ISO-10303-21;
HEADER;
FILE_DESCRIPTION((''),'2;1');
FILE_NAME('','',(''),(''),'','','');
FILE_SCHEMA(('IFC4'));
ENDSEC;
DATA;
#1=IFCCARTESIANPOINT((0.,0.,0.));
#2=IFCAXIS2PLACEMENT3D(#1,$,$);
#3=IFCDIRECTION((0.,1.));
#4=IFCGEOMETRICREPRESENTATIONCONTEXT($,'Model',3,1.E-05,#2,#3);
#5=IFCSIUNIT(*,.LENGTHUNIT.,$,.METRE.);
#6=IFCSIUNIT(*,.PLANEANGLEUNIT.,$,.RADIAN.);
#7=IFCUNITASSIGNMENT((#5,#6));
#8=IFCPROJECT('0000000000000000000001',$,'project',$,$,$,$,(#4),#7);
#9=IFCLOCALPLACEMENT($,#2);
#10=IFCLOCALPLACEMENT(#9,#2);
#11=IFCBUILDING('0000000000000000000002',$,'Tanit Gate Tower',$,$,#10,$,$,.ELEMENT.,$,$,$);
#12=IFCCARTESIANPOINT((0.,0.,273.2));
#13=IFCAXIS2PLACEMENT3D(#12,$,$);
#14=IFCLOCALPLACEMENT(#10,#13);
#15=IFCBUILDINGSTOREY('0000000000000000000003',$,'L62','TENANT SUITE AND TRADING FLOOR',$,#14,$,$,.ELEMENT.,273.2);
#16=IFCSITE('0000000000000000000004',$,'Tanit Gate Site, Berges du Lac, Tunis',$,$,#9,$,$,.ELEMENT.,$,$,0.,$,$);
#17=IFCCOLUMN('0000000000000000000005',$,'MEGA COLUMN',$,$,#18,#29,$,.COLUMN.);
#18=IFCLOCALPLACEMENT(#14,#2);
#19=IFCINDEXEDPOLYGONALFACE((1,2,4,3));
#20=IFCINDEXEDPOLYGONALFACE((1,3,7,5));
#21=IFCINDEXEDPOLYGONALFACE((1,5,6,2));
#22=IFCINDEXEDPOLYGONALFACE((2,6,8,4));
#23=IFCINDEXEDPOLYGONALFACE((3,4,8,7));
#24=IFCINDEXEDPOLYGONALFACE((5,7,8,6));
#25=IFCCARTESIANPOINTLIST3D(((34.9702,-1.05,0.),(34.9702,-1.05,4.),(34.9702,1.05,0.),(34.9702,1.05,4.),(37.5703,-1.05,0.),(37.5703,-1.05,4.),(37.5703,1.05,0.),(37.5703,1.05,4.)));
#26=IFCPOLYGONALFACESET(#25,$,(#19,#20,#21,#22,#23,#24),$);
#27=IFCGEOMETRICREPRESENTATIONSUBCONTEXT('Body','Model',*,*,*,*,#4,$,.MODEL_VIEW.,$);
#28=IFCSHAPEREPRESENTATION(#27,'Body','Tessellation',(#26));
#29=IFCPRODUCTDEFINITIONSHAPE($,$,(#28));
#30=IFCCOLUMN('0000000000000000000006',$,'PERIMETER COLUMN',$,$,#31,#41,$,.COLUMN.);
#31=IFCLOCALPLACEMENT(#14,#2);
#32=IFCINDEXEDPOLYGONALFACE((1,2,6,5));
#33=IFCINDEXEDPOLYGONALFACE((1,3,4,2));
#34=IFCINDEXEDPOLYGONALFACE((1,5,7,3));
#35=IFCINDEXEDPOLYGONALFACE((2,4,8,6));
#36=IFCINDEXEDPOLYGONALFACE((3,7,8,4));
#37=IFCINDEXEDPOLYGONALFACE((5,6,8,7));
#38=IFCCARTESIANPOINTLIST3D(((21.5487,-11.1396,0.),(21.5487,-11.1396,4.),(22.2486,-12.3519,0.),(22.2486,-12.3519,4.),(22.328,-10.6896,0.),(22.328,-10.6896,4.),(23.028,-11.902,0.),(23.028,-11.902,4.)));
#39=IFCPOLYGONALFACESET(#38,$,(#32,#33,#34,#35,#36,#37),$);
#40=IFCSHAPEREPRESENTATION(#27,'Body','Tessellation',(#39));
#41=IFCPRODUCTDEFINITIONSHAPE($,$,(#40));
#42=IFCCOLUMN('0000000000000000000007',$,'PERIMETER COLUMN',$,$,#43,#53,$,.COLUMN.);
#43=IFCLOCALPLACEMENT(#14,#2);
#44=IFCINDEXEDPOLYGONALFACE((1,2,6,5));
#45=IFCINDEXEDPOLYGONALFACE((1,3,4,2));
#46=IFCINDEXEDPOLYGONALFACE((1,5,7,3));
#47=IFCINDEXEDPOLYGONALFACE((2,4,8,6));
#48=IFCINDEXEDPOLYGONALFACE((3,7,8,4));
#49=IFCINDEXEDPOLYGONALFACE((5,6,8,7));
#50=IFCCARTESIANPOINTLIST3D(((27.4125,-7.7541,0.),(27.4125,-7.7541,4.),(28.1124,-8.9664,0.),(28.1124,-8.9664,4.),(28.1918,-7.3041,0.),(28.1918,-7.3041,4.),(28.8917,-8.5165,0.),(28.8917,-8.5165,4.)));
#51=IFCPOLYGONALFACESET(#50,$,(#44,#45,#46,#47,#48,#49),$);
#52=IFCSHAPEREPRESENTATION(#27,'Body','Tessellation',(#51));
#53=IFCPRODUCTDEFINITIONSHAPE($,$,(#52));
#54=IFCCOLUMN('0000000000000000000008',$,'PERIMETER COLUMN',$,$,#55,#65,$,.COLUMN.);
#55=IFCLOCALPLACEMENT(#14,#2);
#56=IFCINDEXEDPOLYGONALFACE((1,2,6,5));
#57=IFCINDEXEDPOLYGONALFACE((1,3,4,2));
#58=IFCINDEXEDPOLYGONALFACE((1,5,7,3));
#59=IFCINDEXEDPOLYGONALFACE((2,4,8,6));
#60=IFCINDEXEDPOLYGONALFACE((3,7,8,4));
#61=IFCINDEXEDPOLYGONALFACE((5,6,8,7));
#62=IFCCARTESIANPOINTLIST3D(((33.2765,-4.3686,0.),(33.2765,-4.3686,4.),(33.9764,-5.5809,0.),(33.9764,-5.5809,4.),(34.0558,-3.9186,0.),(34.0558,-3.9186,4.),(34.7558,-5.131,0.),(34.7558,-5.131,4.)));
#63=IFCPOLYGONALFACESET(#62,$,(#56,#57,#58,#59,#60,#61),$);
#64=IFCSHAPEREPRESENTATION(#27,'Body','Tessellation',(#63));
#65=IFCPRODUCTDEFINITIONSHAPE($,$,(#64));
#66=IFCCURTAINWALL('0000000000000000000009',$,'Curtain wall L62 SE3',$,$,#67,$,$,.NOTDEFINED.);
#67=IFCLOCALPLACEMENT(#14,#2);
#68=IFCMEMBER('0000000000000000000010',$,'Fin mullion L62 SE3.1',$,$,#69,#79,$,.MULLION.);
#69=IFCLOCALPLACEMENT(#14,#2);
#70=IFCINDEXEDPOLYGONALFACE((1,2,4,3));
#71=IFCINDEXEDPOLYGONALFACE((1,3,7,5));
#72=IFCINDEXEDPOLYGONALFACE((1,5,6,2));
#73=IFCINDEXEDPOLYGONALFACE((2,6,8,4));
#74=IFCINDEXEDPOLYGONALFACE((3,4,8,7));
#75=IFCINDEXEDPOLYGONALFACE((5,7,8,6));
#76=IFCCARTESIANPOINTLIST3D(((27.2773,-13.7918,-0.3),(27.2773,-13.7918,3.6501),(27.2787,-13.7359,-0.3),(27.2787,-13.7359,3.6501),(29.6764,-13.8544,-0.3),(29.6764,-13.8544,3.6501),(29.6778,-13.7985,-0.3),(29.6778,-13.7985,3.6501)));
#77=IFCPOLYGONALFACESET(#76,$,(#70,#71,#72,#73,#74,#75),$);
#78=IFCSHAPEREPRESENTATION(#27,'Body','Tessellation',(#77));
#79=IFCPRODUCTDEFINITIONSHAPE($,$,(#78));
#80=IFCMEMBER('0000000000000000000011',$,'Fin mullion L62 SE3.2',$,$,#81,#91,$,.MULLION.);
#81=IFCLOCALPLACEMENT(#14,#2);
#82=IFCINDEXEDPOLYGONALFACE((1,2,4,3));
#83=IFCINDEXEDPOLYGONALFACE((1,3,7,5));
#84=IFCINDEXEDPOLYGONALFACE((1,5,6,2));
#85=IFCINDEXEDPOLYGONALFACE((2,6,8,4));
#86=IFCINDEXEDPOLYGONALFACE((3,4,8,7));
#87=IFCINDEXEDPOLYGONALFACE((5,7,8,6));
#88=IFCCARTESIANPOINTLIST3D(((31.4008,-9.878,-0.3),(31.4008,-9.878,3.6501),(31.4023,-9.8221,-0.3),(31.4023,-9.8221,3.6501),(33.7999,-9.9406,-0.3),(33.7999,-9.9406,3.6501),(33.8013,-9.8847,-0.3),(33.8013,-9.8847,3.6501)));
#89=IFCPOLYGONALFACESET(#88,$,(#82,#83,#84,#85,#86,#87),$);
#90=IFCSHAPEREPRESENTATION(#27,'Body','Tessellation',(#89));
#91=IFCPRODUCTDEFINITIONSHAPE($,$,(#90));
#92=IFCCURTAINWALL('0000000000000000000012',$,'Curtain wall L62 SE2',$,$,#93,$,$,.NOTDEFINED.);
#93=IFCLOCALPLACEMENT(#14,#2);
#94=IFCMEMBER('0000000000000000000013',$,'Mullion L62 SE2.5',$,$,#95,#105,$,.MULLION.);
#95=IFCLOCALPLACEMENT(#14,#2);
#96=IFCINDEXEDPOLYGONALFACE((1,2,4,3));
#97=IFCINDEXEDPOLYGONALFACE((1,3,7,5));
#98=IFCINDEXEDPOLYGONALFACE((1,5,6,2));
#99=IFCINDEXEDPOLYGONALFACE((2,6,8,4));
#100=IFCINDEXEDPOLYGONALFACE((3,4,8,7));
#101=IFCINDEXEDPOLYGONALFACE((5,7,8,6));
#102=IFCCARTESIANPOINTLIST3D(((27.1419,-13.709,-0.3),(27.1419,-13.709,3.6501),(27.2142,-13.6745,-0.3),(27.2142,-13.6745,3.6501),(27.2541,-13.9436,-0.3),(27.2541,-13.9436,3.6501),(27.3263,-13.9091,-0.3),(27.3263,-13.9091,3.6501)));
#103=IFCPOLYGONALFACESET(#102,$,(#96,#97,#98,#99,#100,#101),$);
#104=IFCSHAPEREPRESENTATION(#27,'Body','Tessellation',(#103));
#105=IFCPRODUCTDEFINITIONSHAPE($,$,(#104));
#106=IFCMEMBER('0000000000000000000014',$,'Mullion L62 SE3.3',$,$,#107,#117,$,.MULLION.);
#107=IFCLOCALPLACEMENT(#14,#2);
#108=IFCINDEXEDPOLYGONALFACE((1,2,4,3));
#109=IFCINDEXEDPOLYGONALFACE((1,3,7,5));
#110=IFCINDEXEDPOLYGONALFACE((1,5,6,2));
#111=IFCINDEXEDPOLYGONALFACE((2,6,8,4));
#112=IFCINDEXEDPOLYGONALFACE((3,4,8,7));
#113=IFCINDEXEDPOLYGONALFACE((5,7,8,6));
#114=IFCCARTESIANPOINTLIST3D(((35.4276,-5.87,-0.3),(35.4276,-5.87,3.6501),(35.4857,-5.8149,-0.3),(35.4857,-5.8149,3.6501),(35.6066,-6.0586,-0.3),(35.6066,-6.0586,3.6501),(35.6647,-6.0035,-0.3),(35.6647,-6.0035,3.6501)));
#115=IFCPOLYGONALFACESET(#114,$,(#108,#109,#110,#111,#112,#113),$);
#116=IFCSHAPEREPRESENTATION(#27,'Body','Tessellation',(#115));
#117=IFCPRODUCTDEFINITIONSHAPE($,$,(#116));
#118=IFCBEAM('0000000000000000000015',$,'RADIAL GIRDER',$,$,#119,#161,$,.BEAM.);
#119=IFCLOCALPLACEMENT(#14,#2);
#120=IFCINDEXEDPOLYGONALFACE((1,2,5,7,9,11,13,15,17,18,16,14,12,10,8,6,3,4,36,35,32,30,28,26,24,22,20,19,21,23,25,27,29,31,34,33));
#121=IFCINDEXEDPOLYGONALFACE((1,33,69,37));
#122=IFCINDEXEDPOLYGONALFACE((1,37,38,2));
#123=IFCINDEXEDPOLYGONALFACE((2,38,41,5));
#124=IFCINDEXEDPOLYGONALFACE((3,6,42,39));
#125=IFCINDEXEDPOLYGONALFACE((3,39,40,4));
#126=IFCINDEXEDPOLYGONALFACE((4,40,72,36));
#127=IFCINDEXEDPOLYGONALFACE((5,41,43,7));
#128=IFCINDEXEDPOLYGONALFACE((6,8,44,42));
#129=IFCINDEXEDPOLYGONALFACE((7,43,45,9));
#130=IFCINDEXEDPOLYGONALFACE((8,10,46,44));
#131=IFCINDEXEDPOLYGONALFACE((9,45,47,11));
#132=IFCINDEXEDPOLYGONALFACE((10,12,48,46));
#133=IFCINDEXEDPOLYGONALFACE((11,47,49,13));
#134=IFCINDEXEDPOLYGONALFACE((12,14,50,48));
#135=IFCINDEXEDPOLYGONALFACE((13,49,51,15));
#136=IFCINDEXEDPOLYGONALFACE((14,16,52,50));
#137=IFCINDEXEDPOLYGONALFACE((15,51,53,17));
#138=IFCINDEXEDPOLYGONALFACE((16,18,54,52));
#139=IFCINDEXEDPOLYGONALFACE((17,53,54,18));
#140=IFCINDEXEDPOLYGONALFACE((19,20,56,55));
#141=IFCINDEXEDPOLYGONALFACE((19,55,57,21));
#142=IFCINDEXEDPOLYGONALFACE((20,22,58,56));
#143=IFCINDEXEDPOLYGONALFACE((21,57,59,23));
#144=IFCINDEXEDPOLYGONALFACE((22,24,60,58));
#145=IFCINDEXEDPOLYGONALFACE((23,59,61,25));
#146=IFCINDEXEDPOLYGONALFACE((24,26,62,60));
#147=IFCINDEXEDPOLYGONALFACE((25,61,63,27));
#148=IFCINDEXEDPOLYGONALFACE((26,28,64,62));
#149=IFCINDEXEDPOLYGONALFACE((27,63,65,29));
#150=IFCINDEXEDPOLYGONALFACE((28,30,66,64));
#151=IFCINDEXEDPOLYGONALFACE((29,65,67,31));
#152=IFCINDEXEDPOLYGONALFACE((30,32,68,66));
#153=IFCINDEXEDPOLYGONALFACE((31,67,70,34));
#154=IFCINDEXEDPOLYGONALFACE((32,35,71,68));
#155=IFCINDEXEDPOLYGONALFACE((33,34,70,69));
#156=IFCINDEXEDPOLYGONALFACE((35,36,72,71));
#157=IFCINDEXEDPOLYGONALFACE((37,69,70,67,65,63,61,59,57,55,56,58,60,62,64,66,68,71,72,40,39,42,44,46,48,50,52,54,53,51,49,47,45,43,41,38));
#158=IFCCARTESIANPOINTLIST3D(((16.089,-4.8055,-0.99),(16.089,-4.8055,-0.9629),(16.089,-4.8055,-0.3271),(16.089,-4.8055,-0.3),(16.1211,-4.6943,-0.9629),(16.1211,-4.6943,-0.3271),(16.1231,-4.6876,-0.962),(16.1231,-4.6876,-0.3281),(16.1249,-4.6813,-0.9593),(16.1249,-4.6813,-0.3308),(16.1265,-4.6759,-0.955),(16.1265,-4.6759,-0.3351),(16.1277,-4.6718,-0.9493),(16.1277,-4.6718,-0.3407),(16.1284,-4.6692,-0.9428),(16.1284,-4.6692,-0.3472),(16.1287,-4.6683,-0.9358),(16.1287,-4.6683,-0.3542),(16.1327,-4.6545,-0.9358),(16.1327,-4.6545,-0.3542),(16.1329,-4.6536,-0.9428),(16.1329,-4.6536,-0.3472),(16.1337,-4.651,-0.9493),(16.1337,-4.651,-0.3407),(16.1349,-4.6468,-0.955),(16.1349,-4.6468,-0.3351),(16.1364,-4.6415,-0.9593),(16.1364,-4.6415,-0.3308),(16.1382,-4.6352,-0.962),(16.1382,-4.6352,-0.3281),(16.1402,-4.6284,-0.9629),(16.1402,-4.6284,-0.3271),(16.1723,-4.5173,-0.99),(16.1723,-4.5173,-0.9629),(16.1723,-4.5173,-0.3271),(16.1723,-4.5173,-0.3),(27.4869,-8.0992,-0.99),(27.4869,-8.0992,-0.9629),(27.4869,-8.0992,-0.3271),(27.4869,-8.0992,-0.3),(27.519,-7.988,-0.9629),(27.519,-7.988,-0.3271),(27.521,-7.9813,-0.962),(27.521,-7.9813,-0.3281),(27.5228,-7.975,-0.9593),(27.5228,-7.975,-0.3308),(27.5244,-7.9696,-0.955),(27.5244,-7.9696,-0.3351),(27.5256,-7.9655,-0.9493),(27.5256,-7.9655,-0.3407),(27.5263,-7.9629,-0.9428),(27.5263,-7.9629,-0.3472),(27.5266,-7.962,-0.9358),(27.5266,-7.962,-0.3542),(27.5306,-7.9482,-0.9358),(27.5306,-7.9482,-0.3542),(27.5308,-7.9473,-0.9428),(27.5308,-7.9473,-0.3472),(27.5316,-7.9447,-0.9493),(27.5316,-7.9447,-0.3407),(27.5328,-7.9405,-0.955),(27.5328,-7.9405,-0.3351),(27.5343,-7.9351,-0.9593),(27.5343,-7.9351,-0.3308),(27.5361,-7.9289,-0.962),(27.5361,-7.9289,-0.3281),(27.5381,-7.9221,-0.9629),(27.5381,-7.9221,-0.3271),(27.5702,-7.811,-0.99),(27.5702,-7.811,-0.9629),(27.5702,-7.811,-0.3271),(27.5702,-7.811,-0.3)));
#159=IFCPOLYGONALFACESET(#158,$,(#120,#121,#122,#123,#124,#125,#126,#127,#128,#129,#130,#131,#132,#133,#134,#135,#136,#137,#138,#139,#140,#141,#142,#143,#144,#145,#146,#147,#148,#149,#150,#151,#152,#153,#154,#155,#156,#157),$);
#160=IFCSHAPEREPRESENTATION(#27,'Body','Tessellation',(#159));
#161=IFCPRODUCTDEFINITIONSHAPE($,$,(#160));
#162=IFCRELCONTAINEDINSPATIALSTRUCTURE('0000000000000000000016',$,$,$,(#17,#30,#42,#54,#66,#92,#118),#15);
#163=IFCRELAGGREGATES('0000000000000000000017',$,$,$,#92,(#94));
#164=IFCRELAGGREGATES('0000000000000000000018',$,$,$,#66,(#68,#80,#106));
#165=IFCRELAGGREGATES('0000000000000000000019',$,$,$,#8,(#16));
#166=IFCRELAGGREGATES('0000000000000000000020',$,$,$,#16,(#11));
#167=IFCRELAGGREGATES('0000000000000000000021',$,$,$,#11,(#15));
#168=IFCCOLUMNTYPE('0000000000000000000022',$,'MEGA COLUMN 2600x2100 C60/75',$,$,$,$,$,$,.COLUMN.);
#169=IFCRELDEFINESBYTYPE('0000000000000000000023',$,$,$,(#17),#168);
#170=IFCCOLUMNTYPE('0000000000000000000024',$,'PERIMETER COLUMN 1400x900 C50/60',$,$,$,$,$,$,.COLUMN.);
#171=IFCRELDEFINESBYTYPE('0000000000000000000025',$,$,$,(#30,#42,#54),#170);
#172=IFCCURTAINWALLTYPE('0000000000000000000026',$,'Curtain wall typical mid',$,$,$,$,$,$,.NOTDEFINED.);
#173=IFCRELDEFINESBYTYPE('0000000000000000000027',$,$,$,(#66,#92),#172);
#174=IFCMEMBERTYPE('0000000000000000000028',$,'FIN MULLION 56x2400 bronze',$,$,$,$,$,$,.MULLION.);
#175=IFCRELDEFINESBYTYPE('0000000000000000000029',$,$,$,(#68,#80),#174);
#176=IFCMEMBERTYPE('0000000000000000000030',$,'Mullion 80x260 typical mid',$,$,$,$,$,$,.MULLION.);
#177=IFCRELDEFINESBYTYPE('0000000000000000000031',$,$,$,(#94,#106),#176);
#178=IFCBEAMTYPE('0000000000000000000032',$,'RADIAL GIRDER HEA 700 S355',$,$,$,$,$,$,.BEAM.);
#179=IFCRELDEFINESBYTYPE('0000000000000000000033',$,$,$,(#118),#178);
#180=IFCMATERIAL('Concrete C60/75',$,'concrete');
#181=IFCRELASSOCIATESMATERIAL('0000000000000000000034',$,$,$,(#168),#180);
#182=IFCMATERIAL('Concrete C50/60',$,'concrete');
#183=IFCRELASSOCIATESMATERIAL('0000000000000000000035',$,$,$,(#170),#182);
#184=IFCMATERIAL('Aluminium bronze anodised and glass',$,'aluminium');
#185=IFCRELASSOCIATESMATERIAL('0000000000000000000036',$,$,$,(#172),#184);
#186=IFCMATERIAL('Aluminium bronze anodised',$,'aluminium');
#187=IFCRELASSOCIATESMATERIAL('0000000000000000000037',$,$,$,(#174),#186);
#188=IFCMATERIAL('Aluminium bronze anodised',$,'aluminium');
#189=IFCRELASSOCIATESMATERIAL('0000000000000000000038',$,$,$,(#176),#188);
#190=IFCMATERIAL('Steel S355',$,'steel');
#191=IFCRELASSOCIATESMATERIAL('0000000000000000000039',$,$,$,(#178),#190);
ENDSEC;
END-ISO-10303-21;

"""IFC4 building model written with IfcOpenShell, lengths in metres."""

from ifc_helpers import new_model, si_unit, direction, frame, origin, origin_2d, place, context, subcontext, project, spatial, rectangle, i_section, extrude, material, material_profile, profile_set, type_object, element, aggregate, save


model = new_model("IFC4")

# Units and contexts
model_context = context("Model", 3, precision=1e-05, world=origin(), true_north=direction((0.0, 1.0)))
body_context = subcontext(model_context, "Body", "Model", "MODEL_VIEW")
ifc_project = project(units=[si_unit("LENGTHUNIT", "METRE"), si_unit("PLANEANGLEUNIT", "RADIAN")], contexts=[model_context])

# Site, building, storey
site_placement = place(None, origin())
site = spatial("IfcSite", under=ifc_project, at=site_placement, Name="Tanit Gate Site, Berges du Lac, Tunis", CompositionType="ELEMENT", RefElevation=0.0)
building_placement = place(site_placement, origin())
building = spatial("IfcBuilding", under=site, at=building_placement, Name="Tanit Gate Tower", CompositionType="ELEMENT")
storey_placement = place(building_placement, frame((0.0, 0.0, 273.2)))
storey = spatial("IfcBuildingStorey", under=building, at=storey_placement, Name="L62", Description="TENANT SUITE AND TRADING FLOOR", CompositionType="ELEMENT", Elevation=273.2)

# Columns
ifc_material_1 = material(Name="Concrete C60/75", Category="concrete")
ifc_material_profile_1 = material_profile(ifc_material_1, rectangle(XDim=2.6001, YDim=2.1001, at=origin_2d()), Name="RC 2600x2100")
ifc_profile_set_1 = profile_set([ifc_material_profile_1], Name="Concrete C60/75")
column_type_1 = type_object("IfcColumnType", Name="MEGA COLUMN 2600x2100 C60/75", PredefinedType="COLUMN", material=ifc_profile_set_1)
column_placement = place(storey_placement, frame((36.2703, 0.0, 0.0), z_axis=(0.0, 0.0, 1.0), x_axis=(1.0, 0.0, 0.0)))
element("IfcColumn", 1, at=column_placement, inside=storey, type_object=column_type_1, Name="MEGA COLUMN", PredefinedType="COLUMN", context=body_context, shape_type="SweptSolid", body=[
    extrude(rectangle(XDim=2.6001, YDim=2.1001, at=origin_2d()), origin(), (0.0, 0.0, 1.0), 4.0),
])
ifc_material_2 = material(Name="Concrete C50/60", Category="concrete")
ifc_material_profile_2 = material_profile(ifc_material_2, rectangle(XDim=1.3999, YDim=0.8999, at=origin_2d()), Name="RC 1400x900")
ifc_profile_set_2 = profile_set([ifc_material_profile_2], Name="Concrete C50/60")
column_type_2 = type_object("IfcColumnType", Name="PERIMETER COLUMN 1400x900 C50/60", PredefinedType="COLUMN", material=ifc_profile_set_2)
for number, where, z_axis, x_axis, name in (
    (2, (22.2883, -11.5208, 0.0), (0.0, 0.0, 1.0), (0.5, -0.866025, 0.0), "PERIMETER COLUMN"),
    (3, (28.1521, -8.1353, 0.0), (0.0, 0.0, 1.0), (0.5, -0.866025, 0.0), "PERIMETER COLUMN"),
    (4, (34.0161, -4.7498, 0.0), (0.0, 0.0, 1.0), (0.5, -0.866025, 0.0), "PERIMETER COLUMN"),
):
    element("IfcColumn", number, at=place(storey_placement, frame(where, z_axis=z_axis, x_axis=x_axis)), inside=storey, type_object=column_type_2, Name=name, PredefinedType="COLUMN", context=body_context, shape_type="SweptSolid", body=[
        extrude(rectangle(XDim=1.3999, YDim=0.8999, at=origin_2d()), origin(), (0.0, 0.0, 1.0), 4.0),
    ])

# Curtain wall, members
ifc_material_3 = material(Name="Aluminium bronze anodised and glass", Category="aluminium")
curtain_wall_type = type_object("IfcCurtainWallType", Name="Curtain wall typical mid", PredefinedType="NOTDEFINED", material=ifc_material_3)
curtain_wall_1_placement = place(storey_placement, origin())
curtain_wall_1 = element("IfcCurtainWall", 5, at=curtain_wall_1_placement, inside=storey, type_object=curtain_wall_type, Name="Curtain wall L62 SE3", PredefinedType="NOTDEFINED")
ifc_material_4 = material(Name="Aluminium bronze anodised", Category="aluminium")
ifc_material_profile_3 = material_profile(ifc_material_4, rectangle(XDim=2.3999, YDim=0.0559, at=origin_2d()), Name="56x2400 bronze fin mullion")
ifc_profile_set_3 = profile_set([ifc_material_profile_3], Name="Aluminium bronze anodised")
member_type_1 = type_object("IfcMemberType", Name="FIN MULLION 56x2400 bronze", PredefinedType="MULLION", material=ifc_profile_set_3)
member_1_placement = place(storey_placement, frame((28.4775, -13.7952, -0.3), z_axis=(0.0, 0.0, 1.0), x_axis=(-0.99966, 0.026077, 0.0)))
member_1 = element("IfcMember", 6, at=member_1_placement, type_object=member_type_1, Name="Fin mullion L62 SE3.1", PredefinedType="MULLION", context=body_context, shape_type="SweptSolid", body=[
    extrude(rectangle(XDim=2.3999, YDim=0.0559, at=origin_2d()), origin(), (0.0, 0.0, 1.0), 3.9502),
])
member_2_placement = place(storey_placement, frame((32.6011, -9.8813, -0.3), z_axis=(0.0, 0.0, 1.0), x_axis=(-0.99966, 0.026077, 0.0)))
member_2 = element("IfcMember", 7, at=member_2_placement, type_object=member_type_1, Name="Fin mullion L62 SE3.2", PredefinedType="MULLION", context=body_context, shape_type="SweptSolid", body=[
    extrude(rectangle(XDim=2.3999, YDim=0.0559, at=origin_2d()), origin(), (0.0, 0.0, 1.0), 3.9502),
])

# Curtain wall, member
curtain_wall_2_placement = place(storey_placement, origin())
curtain_wall_2 = element("IfcCurtainWall", 8, at=curtain_wall_2_placement, inside=storey, type_object=curtain_wall_type, Name="Curtain wall L62 SE2", PredefinedType="NOTDEFINED")
ifc_material_5 = material(Name="Aluminium bronze anodised", Category="aluminium")
ifc_material_profile_4 = material_profile(ifc_material_5, rectangle(XDim=0.26, YDim=0.0801, at=origin_2d()), Name="80x260 bronze mullion")
ifc_profile_set_4 = profile_set([ifc_material_profile_4], Name="Aluminium bronze anodised")
member_type_2 = type_object("IfcMemberType", Name="Mullion 80x260 typical mid", PredefinedType="MULLION", material=ifc_profile_set_4)
member_3_placement = place(storey_placement, frame((27.2341, -13.8091, -0.3), z_axis=(0.0, 0.0, 1.0), x_axis=(-0.431197, 0.902258, 0.0)))
member_3 = element("IfcMember", 9, at=member_3_placement, type_object=member_type_2, Name="Mullion L62 SE2.5", PredefinedType="MULLION", context=body_context, shape_type="SweptSolid", body=[
    extrude(rectangle(XDim=0.26, YDim=0.0801, at=origin_2d()), origin(), (0.0, 0.0, 1.0), 3.9502),
])

# Member
member_4_placement = place(storey_placement, frame((35.5461, -5.9368, -0.3), z_axis=(0.0, 0.0, 1.0), x_axis=(-0.688427, 0.725306, 0.0)))
member_4 = element("IfcMember", 10, at=member_4_placement, type_object=member_type_2, Name="Mullion L62 SE3.3", PredefinedType="MULLION", context=body_context, shape_type="SweptSolid", body=[
    extrude(rectangle(XDim=0.26, YDim=0.0801, at=origin_2d()), origin(), (0.0, 0.0, 1.0), 3.9502),
])

# Beam
ifc_material_6 = material(Name="Steel S355", Category="steel")
ifc_material_profile_5 = material_profile(ifc_material_6, i_section(OverallWidth=0.3, OverallDepth=0.6899, WebThickness=0.0144, FlangeThickness=0.0271, FilletRadius=0.0271, at=origin_2d()), Name="HEA 700")
ifc_profile_set_5 = profile_set([ifc_material_profile_5], Name="Steel S355")
beam_type_1 = type_object("IfcBeamType", Name="RADIAL GIRDER HEA 700 S355", PredefinedType="BEAM", material=ifc_profile_set_5)
beam_1_placement = place(storey_placement, frame((27.5286, -7.9551, -0.645), z_axis=(-0.960693, 0.277614, 0.0), x_axis=(-0.277614, -0.960693, 0.0)))
element("IfcBeam", 11, at=beam_1_placement, inside=storey, type_object=beam_type_1, Name="RADIAL GIRDER", PredefinedType="BEAM", context=body_context, shape_type="SweptSolid", body=[
    extrude(i_section(OverallWidth=0.3, OverallDepth=0.6899, WebThickness=0.0144, FlangeThickness=0.0271, FilletRadius=0.0271, at=origin_2d()), origin(), (0.0, 0.0, 1.0), 11.8643),
])

aggregate(curtain_wall_2, [member_3])
aggregate(curtain_wall_1, [member_1, member_2, member_4])

save(model, "model.ifc")
